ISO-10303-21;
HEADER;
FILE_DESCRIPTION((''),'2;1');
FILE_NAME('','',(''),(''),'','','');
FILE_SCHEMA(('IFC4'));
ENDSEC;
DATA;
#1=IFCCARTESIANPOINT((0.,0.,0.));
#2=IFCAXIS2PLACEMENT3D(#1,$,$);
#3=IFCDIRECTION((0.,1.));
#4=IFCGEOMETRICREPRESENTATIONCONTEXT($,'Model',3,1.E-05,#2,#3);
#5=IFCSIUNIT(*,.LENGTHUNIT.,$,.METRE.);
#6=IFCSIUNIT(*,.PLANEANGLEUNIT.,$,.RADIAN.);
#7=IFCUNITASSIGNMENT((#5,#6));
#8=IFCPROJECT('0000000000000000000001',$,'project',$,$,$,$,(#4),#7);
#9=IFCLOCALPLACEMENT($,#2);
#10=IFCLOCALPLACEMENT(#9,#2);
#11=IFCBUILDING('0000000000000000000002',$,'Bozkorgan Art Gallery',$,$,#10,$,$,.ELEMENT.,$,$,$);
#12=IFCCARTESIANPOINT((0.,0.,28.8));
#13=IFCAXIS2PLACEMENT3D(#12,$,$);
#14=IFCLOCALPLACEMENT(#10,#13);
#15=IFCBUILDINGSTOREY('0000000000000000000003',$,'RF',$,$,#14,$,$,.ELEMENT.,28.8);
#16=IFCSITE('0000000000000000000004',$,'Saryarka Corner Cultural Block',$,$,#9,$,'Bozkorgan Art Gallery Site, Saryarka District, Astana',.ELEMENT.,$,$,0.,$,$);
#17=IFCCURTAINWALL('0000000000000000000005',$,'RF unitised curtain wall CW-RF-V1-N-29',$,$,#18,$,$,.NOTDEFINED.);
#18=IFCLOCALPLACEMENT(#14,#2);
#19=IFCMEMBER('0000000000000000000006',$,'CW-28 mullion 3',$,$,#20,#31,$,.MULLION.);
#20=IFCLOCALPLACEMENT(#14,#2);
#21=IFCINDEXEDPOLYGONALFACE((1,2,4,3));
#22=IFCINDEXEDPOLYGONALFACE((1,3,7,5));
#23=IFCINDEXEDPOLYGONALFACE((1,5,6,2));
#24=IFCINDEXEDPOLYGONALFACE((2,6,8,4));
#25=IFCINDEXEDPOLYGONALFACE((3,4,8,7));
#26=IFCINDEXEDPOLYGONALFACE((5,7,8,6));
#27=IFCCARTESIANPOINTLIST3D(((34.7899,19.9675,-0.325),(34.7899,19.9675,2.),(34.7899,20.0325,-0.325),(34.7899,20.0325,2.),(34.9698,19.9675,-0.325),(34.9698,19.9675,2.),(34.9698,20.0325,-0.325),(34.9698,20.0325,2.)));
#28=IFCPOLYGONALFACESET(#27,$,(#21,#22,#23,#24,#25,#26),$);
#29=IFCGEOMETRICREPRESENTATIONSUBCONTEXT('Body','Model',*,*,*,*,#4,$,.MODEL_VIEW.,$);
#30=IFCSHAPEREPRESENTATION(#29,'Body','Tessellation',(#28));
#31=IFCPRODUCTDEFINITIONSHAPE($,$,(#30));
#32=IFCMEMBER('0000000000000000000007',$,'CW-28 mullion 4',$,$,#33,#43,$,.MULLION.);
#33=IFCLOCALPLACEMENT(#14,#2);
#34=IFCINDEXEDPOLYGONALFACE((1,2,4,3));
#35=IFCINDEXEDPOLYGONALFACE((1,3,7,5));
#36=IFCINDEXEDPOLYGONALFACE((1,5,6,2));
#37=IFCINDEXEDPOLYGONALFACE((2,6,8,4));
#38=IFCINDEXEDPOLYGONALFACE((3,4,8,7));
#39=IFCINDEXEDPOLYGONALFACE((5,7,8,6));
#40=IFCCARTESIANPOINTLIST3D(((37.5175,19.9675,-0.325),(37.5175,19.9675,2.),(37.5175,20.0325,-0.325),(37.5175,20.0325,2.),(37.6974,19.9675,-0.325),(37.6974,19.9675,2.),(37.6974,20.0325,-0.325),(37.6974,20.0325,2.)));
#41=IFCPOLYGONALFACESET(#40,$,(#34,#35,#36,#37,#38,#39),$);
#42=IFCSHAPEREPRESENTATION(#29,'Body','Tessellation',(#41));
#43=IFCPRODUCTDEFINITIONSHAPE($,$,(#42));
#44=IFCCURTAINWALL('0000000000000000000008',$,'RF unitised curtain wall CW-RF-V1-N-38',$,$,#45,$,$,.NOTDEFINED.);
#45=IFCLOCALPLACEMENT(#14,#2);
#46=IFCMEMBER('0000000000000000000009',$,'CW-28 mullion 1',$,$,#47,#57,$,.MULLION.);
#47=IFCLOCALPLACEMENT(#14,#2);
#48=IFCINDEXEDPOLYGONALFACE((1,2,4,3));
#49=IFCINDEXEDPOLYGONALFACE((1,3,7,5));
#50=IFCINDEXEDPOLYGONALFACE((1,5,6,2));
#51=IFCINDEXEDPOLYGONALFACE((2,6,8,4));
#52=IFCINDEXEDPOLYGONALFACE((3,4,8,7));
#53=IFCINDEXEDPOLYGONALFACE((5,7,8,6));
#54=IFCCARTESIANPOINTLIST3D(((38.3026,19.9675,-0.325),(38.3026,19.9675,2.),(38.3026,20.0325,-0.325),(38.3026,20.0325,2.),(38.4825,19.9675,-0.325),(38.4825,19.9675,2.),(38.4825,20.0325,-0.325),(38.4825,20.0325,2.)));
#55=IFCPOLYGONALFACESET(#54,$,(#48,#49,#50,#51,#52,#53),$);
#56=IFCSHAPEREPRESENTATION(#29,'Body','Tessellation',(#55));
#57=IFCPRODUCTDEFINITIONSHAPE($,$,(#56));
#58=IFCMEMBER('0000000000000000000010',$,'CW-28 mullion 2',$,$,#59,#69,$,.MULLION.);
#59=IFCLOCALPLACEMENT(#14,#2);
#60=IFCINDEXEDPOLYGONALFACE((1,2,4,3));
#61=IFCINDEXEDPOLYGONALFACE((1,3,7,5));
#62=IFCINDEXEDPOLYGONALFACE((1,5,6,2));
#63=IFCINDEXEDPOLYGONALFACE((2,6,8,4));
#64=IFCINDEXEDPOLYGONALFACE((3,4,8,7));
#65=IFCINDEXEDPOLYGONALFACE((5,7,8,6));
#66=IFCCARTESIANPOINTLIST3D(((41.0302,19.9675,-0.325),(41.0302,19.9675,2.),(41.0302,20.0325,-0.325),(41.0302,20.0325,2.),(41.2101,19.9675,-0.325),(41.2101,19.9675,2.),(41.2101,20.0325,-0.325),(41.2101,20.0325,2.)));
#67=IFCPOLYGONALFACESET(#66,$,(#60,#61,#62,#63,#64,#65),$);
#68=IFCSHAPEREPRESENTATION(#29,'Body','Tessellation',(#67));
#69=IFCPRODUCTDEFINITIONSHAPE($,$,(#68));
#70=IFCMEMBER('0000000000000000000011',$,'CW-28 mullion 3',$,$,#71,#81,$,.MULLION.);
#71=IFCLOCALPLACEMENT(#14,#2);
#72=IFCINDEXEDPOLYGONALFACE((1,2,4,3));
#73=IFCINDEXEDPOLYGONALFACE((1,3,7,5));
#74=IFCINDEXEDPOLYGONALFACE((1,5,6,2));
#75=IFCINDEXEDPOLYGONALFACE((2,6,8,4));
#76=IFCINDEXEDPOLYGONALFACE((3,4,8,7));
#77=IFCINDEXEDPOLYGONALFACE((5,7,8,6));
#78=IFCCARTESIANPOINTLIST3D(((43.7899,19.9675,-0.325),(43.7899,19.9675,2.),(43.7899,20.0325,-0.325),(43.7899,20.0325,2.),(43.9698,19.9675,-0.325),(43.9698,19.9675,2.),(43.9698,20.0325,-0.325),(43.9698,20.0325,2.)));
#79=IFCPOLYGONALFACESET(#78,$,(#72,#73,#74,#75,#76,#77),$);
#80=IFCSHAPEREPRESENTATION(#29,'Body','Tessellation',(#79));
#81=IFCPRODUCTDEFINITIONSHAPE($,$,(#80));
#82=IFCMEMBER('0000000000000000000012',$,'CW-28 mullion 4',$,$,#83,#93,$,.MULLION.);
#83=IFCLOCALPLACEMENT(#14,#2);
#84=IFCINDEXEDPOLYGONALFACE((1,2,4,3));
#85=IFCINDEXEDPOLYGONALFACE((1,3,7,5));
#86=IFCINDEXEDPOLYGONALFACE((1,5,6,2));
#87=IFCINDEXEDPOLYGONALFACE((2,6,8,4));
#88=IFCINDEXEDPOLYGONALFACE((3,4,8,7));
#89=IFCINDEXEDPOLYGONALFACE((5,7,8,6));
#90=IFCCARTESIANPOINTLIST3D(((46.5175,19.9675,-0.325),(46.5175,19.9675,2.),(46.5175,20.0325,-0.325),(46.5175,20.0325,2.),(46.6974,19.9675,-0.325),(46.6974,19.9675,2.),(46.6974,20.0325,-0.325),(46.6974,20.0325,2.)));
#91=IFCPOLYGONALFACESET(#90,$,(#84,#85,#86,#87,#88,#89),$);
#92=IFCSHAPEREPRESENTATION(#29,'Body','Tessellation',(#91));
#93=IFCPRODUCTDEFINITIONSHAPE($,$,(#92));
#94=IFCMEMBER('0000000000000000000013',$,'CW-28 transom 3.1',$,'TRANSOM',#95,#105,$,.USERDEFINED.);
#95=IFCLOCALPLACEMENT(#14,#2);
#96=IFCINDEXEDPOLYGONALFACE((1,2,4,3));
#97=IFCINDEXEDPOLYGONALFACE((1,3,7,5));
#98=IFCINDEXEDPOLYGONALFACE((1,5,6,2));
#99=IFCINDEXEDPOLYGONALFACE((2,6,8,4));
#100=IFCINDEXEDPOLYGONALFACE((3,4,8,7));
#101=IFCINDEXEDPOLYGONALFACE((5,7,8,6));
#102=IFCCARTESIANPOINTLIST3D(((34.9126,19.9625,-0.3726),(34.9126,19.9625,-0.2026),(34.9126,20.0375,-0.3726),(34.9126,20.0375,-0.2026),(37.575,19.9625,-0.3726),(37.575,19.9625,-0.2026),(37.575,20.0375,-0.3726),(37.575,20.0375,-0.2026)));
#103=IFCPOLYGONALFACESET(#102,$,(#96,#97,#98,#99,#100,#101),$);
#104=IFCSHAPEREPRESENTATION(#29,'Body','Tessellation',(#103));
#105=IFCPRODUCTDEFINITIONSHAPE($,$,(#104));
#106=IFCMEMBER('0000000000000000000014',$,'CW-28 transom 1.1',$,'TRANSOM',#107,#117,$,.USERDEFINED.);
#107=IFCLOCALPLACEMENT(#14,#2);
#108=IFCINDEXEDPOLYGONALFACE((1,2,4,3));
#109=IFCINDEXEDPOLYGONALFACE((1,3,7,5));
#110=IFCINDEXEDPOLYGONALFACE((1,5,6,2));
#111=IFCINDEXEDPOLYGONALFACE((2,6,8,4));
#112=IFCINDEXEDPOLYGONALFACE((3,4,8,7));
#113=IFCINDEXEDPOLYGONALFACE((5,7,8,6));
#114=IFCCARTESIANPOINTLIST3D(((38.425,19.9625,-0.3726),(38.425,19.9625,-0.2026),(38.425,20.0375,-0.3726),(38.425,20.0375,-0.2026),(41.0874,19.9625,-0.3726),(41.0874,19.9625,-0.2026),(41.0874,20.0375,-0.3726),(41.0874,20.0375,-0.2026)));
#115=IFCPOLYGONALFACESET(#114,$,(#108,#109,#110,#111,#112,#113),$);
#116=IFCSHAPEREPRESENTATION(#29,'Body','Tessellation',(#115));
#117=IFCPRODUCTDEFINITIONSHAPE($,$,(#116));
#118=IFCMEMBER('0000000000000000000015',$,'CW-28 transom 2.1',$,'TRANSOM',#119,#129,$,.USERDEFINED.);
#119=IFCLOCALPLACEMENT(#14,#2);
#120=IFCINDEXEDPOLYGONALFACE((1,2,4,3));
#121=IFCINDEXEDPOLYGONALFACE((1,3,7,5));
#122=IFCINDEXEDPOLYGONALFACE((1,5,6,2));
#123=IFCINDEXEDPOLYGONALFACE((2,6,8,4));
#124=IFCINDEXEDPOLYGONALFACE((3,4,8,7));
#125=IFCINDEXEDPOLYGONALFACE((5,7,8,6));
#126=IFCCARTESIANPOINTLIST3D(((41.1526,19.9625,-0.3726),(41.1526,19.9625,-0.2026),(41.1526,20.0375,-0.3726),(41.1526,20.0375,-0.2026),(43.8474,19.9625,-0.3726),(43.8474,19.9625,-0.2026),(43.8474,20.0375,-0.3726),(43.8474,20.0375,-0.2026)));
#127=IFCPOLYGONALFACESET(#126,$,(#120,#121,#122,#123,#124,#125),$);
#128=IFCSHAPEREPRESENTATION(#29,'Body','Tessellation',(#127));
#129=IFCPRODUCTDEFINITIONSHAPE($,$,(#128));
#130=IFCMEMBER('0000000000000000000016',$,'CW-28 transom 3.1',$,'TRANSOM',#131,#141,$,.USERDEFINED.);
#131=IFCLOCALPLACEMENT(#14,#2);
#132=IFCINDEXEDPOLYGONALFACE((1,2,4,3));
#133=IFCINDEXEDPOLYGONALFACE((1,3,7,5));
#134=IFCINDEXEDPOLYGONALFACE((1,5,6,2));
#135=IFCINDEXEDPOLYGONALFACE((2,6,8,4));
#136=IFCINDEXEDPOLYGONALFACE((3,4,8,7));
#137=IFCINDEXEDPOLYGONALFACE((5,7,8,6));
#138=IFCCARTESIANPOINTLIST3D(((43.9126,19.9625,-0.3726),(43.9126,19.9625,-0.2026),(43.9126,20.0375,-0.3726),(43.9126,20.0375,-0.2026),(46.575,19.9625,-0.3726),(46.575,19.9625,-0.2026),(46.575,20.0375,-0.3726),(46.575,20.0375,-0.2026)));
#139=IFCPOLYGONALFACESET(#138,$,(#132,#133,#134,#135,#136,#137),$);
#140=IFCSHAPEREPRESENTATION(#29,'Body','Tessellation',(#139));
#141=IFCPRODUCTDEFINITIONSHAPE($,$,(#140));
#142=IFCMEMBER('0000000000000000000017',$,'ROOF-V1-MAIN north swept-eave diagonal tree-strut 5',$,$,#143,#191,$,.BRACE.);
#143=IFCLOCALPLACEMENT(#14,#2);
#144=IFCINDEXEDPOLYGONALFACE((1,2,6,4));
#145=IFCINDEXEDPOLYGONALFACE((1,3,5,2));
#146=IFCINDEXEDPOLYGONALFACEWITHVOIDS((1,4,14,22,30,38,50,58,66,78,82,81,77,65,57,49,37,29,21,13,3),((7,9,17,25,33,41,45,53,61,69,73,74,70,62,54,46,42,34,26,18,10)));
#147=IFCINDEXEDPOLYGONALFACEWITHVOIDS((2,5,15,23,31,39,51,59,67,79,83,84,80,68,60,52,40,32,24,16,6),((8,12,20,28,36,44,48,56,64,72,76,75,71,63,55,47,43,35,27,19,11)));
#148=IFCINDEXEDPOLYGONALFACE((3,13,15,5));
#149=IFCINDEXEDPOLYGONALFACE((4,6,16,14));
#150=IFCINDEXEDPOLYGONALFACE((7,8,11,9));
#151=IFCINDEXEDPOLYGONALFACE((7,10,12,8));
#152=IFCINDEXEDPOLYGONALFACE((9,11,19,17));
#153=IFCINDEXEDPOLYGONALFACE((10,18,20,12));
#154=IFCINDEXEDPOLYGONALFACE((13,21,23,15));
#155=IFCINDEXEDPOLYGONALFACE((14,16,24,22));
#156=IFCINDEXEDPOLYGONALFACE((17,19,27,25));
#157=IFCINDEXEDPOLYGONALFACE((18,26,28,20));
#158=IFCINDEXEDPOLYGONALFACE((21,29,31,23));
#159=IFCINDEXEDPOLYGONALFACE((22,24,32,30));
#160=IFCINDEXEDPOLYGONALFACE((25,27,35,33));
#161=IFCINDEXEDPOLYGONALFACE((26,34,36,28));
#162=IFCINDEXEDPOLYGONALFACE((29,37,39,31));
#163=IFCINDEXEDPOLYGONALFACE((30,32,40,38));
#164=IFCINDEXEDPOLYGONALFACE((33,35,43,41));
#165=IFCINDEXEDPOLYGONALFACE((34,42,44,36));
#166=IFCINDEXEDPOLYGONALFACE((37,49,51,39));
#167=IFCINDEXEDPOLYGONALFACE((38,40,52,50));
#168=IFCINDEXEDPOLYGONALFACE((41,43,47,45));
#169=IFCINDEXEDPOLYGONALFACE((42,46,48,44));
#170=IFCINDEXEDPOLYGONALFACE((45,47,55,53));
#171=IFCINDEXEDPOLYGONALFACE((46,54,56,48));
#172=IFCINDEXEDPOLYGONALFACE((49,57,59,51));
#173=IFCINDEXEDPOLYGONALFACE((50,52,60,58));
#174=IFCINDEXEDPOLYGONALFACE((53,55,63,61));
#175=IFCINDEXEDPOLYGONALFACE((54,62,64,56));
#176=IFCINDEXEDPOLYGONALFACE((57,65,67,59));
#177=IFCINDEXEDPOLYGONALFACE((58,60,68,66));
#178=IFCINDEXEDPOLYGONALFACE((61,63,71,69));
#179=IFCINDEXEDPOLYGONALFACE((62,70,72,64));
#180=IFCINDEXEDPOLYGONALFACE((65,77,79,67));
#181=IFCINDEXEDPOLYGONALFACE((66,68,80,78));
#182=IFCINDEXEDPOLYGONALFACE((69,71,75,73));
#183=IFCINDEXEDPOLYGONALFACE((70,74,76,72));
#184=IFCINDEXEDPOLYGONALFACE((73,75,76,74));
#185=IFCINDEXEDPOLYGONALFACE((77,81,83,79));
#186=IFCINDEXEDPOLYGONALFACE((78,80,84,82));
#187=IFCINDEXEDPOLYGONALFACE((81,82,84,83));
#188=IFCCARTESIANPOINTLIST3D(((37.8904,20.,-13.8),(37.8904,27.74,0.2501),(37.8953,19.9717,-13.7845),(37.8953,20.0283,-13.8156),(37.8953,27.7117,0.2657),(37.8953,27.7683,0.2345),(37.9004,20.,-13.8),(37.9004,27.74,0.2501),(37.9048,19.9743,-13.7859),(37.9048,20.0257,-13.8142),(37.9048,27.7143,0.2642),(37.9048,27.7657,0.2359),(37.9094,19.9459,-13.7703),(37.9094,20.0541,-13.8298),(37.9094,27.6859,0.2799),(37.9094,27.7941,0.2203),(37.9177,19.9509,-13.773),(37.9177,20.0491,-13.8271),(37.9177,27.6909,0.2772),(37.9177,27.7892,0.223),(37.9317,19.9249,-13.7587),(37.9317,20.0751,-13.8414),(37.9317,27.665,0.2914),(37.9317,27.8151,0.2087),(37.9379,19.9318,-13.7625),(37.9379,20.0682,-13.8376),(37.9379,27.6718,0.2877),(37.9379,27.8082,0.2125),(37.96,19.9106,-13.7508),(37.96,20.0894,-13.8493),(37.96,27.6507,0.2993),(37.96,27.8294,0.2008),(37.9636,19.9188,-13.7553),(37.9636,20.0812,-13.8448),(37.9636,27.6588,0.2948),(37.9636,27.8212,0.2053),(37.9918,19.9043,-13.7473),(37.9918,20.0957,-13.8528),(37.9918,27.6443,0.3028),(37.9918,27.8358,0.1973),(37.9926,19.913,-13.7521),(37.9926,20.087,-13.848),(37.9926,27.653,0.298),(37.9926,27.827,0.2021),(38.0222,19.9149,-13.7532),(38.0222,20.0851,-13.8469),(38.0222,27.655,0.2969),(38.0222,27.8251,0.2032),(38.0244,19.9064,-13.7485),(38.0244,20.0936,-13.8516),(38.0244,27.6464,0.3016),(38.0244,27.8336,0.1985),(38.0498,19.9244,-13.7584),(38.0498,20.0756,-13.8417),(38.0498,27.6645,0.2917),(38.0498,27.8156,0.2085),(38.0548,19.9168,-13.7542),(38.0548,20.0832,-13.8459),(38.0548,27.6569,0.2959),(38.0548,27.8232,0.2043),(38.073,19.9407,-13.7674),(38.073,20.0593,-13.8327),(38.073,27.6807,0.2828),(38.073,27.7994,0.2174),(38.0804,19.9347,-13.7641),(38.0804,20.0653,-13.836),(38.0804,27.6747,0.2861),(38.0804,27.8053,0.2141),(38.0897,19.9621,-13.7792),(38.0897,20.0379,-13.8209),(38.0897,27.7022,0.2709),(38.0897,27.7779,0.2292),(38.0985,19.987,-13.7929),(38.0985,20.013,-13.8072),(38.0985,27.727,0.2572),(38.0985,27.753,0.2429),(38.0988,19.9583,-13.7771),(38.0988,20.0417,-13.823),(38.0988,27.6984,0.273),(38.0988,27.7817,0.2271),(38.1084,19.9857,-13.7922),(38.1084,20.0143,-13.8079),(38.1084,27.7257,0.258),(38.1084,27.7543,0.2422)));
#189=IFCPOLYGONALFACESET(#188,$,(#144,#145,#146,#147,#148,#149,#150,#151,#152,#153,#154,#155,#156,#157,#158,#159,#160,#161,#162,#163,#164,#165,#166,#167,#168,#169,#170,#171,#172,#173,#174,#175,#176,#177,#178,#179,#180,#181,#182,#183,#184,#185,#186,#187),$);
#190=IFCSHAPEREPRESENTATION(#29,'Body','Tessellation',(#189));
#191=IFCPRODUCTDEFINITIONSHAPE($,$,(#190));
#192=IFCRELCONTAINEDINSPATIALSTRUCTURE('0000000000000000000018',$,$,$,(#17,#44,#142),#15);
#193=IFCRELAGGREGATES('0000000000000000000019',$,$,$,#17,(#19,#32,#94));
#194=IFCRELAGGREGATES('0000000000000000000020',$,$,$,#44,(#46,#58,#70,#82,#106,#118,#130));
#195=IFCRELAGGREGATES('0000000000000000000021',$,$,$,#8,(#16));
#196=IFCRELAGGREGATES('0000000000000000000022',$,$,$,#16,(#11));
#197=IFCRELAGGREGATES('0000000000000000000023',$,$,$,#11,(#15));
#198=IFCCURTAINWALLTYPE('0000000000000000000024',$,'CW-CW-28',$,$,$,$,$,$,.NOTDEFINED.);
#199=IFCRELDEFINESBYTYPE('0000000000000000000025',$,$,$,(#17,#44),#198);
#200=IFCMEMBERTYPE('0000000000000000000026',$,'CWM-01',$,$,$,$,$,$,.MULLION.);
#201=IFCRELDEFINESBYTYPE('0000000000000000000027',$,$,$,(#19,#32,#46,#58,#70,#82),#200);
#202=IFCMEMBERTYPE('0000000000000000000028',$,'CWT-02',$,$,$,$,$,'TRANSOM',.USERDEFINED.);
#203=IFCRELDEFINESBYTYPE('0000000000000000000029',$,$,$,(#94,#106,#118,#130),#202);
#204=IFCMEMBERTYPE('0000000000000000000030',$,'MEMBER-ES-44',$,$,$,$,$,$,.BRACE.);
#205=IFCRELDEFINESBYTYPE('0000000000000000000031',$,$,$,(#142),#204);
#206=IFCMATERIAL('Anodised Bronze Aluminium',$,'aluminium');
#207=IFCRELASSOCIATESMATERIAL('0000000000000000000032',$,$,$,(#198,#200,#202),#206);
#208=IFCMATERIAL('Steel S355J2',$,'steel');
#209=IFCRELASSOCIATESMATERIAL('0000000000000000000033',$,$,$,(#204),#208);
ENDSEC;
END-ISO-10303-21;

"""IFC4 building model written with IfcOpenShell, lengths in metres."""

from ifc_helpers import new_model, si_unit, direction, frame, origin, origin_2d, place, context, subcontext, project, spatial, rectangle, hollow_circle, extrude, material, material_profile, profile_set, type_object, element, aggregate, save


model = new_model("IFC4")

# Units and contexts
model_context = context("Model", 3, precision=1e-05, world=origin(), true_north=direction((0.0, 1.0)))
body_context = subcontext(model_context, "Body", "Model", "MODEL_VIEW")
ifc_project = project(units=[si_unit("LENGTHUNIT", "METRE"), si_unit("PLANEANGLEUNIT", "RADIAN")], contexts=[model_context])

# Site, building, storey
site_placement = place(None, origin())
site = spatial("IfcSite", under=ifc_project, at=site_placement, Name="Saryarka Corner Cultural Block", LongName="Bozkorgan Art Gallery Site, Saryarka District, Astana", CompositionType="ELEMENT", RefElevation=0.0)
building_placement = place(site_placement, origin())
building = spatial("IfcBuilding", under=site, at=building_placement, Name="Bozkorgan Art Gallery", CompositionType="ELEMENT")
storey_placement = place(building_placement, frame((0.0, 0.0, 28.8)))
storey = spatial("IfcBuildingStorey", under=building, at=storey_placement, Name="RF", CompositionType="ELEMENT", Elevation=28.8)

# Curtain walls, members
ifc_material_1 = material(Name="Anodised Bronze Aluminium", Category="aluminium")
curtain_wall_type = type_object("IfcCurtainWallType", Name="CW-CW-28", PredefinedType="NOTDEFINED", material=ifc_material_1)
curtain_wall_1_placement = place(storey_placement, origin())
curtain_wall_1 = element("IfcCurtainWall", 1, at=curtain_wall_1_placement, inside=storey, type_object=curtain_wall_type, Name="RF unitised curtain wall CW-RF-V1-N-29", PredefinedType="NOTDEFINED")
ifc_material_profile_1 = material_profile(ifc_material_1, rectangle(XDim=0.0649, YDim=0.1799, at=origin_2d()), Name="ALU MULLION 65x180")
ifc_profile_set_1 = profile_set([ifc_material_profile_1], Name="Anodised Bronze Aluminium")
member_type_1 = type_object("IfcMemberType", Name="CWM-01", PredefinedType="MULLION", material=ifc_profile_set_1)
member_1_placement = place(storey_placement, frame((34.8799, 20.0, -0.325), z_axis=(0.0, 0.0, 1.0), x_axis=(0.0, 1.0, 0.0)))
member_1 = element("IfcMember", 2, at=member_1_placement, type_object=member_type_1, Name="CW-28 mullion 3", PredefinedType="MULLION", context=body_context, shape_type="SweptSolid", body=[
    extrude(rectangle(XDim=0.0649, YDim=0.1799, at=origin_2d()), origin(), (0.0, 0.0, 1.0), 2.325),
])
member_2_placement = place(storey_placement, frame((37.6074, 20.0, -0.325), z_axis=(0.0, 0.0, 1.0), x_axis=(0.0, 1.0, 0.0)))
member_2 = element("IfcMember", 3, at=member_2_placement, type_object=member_type_1, Name="CW-28 mullion 4", PredefinedType="MULLION", context=body_context, shape_type="SweptSolid", body=[
    extrude(rectangle(XDim=0.0649, YDim=0.1799, at=origin_2d()), origin(), (0.0, 0.0, 1.0), 2.325),
])
curtain_wall_2_placement = place(storey_placement, origin())
curtain_wall_2 = element("IfcCurtainWall", 4, at=curtain_wall_2_placement, inside=storey, type_object=curtain_wall_type, Name="RF unitised curtain wall CW-RF-V1-N-38", PredefinedType="NOTDEFINED")
member_3_placement = place(storey_placement, frame((38.3926, 20.0, -0.325), z_axis=(0.0, 0.0, 1.0), x_axis=(0.0, 1.0, 0.0)))
member_3 = element("IfcMember", 5, at=member_3_placement, type_object=member_type_1, Name="CW-28 mullion 1", PredefinedType="MULLION", context=body_context, shape_type="SweptSolid", body=[
    extrude(rectangle(XDim=0.0649, YDim=0.1799, at=origin_2d()), origin(), (0.0, 0.0, 1.0), 2.325),
])
member_4_placement = place(storey_placement, frame((41.1201, 20.0, -0.325), z_axis=(0.0, 0.0, 1.0), x_axis=(0.0, 1.0, 0.0)))
member_4 = element("IfcMember", 6, at=member_4_placement, type_object=member_type_1, Name="CW-28 mullion 2", PredefinedType="MULLION", context=body_context, shape_type="SweptSolid", body=[
    extrude(rectangle(XDim=0.0649, YDim=0.1799, at=origin_2d()), origin(), (0.0, 0.0, 1.0), 2.325),
])
member_5_placement = place(storey_placement, frame((43.8799, 20.0, -0.325), z_axis=(0.0, 0.0, 1.0), x_axis=(0.0, 1.0, 0.0)))
member_5 = element("IfcMember", 7, at=member_5_placement, type_object=member_type_1, Name="CW-28 mullion 3", PredefinedType="MULLION", context=body_context, shape_type="SweptSolid", body=[
    extrude(rectangle(XDim=0.0649, YDim=0.1799, at=origin_2d()), origin(), (0.0, 0.0, 1.0), 2.325),
])
member_6_placement = place(storey_placement, frame((46.6074, 20.0, -0.325), z_axis=(0.0, 0.0, 1.0), x_axis=(0.0, 1.0, 0.0)))
member_6 = element("IfcMember", 8, at=member_6_placement, type_object=member_type_1, Name="CW-28 mullion 4", PredefinedType="MULLION", context=body_context, shape_type="SweptSolid", body=[
    extrude(rectangle(XDim=0.0649, YDim=0.1799, at=origin_2d()), origin(), (0.0, 0.0, 1.0), 2.325),
])

# Members
ifc_material_profile_2 = material_profile(ifc_material_1, rectangle(XDim=0.075, YDim=0.1699, at=origin_2d()), Name="ALU TRANSOM 75x170")
ifc_profile_set_2 = profile_set([ifc_material_profile_2], Name="Anodised Bronze Aluminium")
member_type_2 = type_object("IfcMemberType", Name="CWT-02", ElementType="TRANSOM", PredefinedType="USERDEFINED", material=ifc_profile_set_2)
member_7_placement = place(storey_placement, frame((34.9126, 20.0, -0.2876), z_axis=(1.0, 0.0, 0.0), x_axis=(0.0, 1.0, 0.0)))
member_7 = element("IfcMember", 9, at=member_7_placement, type_object=member_type_2, Name="CW-28 transom 3.1", ObjectType="TRANSOM", PredefinedType="USERDEFINED", context=body_context, shape_type="SweptSolid", body=[
    extrude(rectangle(XDim=0.075, YDim=0.1699, at=origin_2d()), origin(), (0.0, 0.0, 1.0), 2.6624),
])
member_8_placement = place(storey_placement, frame((38.425, 20.0, -0.2876), z_axis=(1.0, 0.0, 0.0), x_axis=(0.0, 1.0, 0.0)))
member_8 = element("IfcMember", 10, at=member_8_placement, type_object=member_type_2, Name="CW-28 transom 1.1", ObjectType="TRANSOM", PredefinedType="USERDEFINED", context=body_context, shape_type="SweptSolid", body=[
    extrude(rectangle(XDim=0.075, YDim=0.1699, at=origin_2d()), origin(), (0.0, 0.0, 1.0), 2.6624),
])
member_9_placement = place(storey_placement, frame((41.1526, 20.0, -0.2876), z_axis=(1.0, 0.0, 0.0), x_axis=(0.0, 1.0, 0.0)))
member_9 = element("IfcMember", 11, at=member_9_placement, type_object=member_type_2, Name="CW-28 transom 2.1", ObjectType="TRANSOM", PredefinedType="USERDEFINED", context=body_context, shape_type="SweptSolid", body=[
    extrude(rectangle(XDim=0.075, YDim=0.1699, at=origin_2d()), origin(), (0.0, 0.0, 1.0), 2.6948),
])
member_10_placement = place(storey_placement, frame((43.9126, 20.0, -0.2876), z_axis=(1.0, 0.0, 0.0), x_axis=(0.0, 1.0, 0.0)))
member_10 = element("IfcMember", 12, at=member_10_placement, type_object=member_type_2, Name="CW-28 transom 3.1", ObjectType="TRANSOM", PredefinedType="USERDEFINED", context=body_context, shape_type="SweptSolid", body=[
    extrude(rectangle(XDim=0.075, YDim=0.1699, at=origin_2d()), origin(), (0.0, 0.0, 1.0), 2.6624),
])

# Member
ifc_material_2 = material(Name="Steel S355J2", Category="steel")
ifc_material_profile_3 = material_profile(ifc_material_2, hollow_circle(Radius=0.1096, WallThickness=0.01, at=origin_2d()), Name="CHS 219.1x10")
ifc_profile_set_3 = profile_set([ifc_material_profile_3], Name="Steel S355J2")
member_type_3 = type_object("IfcMemberType", Name="MEMBER-ES-44", PredefinedType="BRACE", material=ifc_profile_set_3)
for number, where, z_axis, x_axis, name in (
    (13, (38.0, 20.0, -13.8), (0.0, 0.482515, 0.875888), (-1.0, 0.0, 0.0), "ROOF-V1-MAIN north swept-eave diagonal tree-strut 5"),
):
    element("IfcMember", number, at=place(storey_placement, frame(where, z_axis=z_axis, x_axis=x_axis)), inside=storey, type_object=member_type_3, Name=name, PredefinedType="BRACE", context=body_context, shape_type="SweptSolid", body=[
        extrude(hollow_circle(Radius=0.1096, WallThickness=0.01, at=origin_2d()), origin(), (0.0, 0.0, 1.0), 16.041),
    ])

aggregate(curtain_wall_1, [member_1, member_2, member_7])
aggregate(curtain_wall_2, [member_3, member_4, member_5, member_6, member_8, member_9, member_10])

save(model, "model.ifc")
